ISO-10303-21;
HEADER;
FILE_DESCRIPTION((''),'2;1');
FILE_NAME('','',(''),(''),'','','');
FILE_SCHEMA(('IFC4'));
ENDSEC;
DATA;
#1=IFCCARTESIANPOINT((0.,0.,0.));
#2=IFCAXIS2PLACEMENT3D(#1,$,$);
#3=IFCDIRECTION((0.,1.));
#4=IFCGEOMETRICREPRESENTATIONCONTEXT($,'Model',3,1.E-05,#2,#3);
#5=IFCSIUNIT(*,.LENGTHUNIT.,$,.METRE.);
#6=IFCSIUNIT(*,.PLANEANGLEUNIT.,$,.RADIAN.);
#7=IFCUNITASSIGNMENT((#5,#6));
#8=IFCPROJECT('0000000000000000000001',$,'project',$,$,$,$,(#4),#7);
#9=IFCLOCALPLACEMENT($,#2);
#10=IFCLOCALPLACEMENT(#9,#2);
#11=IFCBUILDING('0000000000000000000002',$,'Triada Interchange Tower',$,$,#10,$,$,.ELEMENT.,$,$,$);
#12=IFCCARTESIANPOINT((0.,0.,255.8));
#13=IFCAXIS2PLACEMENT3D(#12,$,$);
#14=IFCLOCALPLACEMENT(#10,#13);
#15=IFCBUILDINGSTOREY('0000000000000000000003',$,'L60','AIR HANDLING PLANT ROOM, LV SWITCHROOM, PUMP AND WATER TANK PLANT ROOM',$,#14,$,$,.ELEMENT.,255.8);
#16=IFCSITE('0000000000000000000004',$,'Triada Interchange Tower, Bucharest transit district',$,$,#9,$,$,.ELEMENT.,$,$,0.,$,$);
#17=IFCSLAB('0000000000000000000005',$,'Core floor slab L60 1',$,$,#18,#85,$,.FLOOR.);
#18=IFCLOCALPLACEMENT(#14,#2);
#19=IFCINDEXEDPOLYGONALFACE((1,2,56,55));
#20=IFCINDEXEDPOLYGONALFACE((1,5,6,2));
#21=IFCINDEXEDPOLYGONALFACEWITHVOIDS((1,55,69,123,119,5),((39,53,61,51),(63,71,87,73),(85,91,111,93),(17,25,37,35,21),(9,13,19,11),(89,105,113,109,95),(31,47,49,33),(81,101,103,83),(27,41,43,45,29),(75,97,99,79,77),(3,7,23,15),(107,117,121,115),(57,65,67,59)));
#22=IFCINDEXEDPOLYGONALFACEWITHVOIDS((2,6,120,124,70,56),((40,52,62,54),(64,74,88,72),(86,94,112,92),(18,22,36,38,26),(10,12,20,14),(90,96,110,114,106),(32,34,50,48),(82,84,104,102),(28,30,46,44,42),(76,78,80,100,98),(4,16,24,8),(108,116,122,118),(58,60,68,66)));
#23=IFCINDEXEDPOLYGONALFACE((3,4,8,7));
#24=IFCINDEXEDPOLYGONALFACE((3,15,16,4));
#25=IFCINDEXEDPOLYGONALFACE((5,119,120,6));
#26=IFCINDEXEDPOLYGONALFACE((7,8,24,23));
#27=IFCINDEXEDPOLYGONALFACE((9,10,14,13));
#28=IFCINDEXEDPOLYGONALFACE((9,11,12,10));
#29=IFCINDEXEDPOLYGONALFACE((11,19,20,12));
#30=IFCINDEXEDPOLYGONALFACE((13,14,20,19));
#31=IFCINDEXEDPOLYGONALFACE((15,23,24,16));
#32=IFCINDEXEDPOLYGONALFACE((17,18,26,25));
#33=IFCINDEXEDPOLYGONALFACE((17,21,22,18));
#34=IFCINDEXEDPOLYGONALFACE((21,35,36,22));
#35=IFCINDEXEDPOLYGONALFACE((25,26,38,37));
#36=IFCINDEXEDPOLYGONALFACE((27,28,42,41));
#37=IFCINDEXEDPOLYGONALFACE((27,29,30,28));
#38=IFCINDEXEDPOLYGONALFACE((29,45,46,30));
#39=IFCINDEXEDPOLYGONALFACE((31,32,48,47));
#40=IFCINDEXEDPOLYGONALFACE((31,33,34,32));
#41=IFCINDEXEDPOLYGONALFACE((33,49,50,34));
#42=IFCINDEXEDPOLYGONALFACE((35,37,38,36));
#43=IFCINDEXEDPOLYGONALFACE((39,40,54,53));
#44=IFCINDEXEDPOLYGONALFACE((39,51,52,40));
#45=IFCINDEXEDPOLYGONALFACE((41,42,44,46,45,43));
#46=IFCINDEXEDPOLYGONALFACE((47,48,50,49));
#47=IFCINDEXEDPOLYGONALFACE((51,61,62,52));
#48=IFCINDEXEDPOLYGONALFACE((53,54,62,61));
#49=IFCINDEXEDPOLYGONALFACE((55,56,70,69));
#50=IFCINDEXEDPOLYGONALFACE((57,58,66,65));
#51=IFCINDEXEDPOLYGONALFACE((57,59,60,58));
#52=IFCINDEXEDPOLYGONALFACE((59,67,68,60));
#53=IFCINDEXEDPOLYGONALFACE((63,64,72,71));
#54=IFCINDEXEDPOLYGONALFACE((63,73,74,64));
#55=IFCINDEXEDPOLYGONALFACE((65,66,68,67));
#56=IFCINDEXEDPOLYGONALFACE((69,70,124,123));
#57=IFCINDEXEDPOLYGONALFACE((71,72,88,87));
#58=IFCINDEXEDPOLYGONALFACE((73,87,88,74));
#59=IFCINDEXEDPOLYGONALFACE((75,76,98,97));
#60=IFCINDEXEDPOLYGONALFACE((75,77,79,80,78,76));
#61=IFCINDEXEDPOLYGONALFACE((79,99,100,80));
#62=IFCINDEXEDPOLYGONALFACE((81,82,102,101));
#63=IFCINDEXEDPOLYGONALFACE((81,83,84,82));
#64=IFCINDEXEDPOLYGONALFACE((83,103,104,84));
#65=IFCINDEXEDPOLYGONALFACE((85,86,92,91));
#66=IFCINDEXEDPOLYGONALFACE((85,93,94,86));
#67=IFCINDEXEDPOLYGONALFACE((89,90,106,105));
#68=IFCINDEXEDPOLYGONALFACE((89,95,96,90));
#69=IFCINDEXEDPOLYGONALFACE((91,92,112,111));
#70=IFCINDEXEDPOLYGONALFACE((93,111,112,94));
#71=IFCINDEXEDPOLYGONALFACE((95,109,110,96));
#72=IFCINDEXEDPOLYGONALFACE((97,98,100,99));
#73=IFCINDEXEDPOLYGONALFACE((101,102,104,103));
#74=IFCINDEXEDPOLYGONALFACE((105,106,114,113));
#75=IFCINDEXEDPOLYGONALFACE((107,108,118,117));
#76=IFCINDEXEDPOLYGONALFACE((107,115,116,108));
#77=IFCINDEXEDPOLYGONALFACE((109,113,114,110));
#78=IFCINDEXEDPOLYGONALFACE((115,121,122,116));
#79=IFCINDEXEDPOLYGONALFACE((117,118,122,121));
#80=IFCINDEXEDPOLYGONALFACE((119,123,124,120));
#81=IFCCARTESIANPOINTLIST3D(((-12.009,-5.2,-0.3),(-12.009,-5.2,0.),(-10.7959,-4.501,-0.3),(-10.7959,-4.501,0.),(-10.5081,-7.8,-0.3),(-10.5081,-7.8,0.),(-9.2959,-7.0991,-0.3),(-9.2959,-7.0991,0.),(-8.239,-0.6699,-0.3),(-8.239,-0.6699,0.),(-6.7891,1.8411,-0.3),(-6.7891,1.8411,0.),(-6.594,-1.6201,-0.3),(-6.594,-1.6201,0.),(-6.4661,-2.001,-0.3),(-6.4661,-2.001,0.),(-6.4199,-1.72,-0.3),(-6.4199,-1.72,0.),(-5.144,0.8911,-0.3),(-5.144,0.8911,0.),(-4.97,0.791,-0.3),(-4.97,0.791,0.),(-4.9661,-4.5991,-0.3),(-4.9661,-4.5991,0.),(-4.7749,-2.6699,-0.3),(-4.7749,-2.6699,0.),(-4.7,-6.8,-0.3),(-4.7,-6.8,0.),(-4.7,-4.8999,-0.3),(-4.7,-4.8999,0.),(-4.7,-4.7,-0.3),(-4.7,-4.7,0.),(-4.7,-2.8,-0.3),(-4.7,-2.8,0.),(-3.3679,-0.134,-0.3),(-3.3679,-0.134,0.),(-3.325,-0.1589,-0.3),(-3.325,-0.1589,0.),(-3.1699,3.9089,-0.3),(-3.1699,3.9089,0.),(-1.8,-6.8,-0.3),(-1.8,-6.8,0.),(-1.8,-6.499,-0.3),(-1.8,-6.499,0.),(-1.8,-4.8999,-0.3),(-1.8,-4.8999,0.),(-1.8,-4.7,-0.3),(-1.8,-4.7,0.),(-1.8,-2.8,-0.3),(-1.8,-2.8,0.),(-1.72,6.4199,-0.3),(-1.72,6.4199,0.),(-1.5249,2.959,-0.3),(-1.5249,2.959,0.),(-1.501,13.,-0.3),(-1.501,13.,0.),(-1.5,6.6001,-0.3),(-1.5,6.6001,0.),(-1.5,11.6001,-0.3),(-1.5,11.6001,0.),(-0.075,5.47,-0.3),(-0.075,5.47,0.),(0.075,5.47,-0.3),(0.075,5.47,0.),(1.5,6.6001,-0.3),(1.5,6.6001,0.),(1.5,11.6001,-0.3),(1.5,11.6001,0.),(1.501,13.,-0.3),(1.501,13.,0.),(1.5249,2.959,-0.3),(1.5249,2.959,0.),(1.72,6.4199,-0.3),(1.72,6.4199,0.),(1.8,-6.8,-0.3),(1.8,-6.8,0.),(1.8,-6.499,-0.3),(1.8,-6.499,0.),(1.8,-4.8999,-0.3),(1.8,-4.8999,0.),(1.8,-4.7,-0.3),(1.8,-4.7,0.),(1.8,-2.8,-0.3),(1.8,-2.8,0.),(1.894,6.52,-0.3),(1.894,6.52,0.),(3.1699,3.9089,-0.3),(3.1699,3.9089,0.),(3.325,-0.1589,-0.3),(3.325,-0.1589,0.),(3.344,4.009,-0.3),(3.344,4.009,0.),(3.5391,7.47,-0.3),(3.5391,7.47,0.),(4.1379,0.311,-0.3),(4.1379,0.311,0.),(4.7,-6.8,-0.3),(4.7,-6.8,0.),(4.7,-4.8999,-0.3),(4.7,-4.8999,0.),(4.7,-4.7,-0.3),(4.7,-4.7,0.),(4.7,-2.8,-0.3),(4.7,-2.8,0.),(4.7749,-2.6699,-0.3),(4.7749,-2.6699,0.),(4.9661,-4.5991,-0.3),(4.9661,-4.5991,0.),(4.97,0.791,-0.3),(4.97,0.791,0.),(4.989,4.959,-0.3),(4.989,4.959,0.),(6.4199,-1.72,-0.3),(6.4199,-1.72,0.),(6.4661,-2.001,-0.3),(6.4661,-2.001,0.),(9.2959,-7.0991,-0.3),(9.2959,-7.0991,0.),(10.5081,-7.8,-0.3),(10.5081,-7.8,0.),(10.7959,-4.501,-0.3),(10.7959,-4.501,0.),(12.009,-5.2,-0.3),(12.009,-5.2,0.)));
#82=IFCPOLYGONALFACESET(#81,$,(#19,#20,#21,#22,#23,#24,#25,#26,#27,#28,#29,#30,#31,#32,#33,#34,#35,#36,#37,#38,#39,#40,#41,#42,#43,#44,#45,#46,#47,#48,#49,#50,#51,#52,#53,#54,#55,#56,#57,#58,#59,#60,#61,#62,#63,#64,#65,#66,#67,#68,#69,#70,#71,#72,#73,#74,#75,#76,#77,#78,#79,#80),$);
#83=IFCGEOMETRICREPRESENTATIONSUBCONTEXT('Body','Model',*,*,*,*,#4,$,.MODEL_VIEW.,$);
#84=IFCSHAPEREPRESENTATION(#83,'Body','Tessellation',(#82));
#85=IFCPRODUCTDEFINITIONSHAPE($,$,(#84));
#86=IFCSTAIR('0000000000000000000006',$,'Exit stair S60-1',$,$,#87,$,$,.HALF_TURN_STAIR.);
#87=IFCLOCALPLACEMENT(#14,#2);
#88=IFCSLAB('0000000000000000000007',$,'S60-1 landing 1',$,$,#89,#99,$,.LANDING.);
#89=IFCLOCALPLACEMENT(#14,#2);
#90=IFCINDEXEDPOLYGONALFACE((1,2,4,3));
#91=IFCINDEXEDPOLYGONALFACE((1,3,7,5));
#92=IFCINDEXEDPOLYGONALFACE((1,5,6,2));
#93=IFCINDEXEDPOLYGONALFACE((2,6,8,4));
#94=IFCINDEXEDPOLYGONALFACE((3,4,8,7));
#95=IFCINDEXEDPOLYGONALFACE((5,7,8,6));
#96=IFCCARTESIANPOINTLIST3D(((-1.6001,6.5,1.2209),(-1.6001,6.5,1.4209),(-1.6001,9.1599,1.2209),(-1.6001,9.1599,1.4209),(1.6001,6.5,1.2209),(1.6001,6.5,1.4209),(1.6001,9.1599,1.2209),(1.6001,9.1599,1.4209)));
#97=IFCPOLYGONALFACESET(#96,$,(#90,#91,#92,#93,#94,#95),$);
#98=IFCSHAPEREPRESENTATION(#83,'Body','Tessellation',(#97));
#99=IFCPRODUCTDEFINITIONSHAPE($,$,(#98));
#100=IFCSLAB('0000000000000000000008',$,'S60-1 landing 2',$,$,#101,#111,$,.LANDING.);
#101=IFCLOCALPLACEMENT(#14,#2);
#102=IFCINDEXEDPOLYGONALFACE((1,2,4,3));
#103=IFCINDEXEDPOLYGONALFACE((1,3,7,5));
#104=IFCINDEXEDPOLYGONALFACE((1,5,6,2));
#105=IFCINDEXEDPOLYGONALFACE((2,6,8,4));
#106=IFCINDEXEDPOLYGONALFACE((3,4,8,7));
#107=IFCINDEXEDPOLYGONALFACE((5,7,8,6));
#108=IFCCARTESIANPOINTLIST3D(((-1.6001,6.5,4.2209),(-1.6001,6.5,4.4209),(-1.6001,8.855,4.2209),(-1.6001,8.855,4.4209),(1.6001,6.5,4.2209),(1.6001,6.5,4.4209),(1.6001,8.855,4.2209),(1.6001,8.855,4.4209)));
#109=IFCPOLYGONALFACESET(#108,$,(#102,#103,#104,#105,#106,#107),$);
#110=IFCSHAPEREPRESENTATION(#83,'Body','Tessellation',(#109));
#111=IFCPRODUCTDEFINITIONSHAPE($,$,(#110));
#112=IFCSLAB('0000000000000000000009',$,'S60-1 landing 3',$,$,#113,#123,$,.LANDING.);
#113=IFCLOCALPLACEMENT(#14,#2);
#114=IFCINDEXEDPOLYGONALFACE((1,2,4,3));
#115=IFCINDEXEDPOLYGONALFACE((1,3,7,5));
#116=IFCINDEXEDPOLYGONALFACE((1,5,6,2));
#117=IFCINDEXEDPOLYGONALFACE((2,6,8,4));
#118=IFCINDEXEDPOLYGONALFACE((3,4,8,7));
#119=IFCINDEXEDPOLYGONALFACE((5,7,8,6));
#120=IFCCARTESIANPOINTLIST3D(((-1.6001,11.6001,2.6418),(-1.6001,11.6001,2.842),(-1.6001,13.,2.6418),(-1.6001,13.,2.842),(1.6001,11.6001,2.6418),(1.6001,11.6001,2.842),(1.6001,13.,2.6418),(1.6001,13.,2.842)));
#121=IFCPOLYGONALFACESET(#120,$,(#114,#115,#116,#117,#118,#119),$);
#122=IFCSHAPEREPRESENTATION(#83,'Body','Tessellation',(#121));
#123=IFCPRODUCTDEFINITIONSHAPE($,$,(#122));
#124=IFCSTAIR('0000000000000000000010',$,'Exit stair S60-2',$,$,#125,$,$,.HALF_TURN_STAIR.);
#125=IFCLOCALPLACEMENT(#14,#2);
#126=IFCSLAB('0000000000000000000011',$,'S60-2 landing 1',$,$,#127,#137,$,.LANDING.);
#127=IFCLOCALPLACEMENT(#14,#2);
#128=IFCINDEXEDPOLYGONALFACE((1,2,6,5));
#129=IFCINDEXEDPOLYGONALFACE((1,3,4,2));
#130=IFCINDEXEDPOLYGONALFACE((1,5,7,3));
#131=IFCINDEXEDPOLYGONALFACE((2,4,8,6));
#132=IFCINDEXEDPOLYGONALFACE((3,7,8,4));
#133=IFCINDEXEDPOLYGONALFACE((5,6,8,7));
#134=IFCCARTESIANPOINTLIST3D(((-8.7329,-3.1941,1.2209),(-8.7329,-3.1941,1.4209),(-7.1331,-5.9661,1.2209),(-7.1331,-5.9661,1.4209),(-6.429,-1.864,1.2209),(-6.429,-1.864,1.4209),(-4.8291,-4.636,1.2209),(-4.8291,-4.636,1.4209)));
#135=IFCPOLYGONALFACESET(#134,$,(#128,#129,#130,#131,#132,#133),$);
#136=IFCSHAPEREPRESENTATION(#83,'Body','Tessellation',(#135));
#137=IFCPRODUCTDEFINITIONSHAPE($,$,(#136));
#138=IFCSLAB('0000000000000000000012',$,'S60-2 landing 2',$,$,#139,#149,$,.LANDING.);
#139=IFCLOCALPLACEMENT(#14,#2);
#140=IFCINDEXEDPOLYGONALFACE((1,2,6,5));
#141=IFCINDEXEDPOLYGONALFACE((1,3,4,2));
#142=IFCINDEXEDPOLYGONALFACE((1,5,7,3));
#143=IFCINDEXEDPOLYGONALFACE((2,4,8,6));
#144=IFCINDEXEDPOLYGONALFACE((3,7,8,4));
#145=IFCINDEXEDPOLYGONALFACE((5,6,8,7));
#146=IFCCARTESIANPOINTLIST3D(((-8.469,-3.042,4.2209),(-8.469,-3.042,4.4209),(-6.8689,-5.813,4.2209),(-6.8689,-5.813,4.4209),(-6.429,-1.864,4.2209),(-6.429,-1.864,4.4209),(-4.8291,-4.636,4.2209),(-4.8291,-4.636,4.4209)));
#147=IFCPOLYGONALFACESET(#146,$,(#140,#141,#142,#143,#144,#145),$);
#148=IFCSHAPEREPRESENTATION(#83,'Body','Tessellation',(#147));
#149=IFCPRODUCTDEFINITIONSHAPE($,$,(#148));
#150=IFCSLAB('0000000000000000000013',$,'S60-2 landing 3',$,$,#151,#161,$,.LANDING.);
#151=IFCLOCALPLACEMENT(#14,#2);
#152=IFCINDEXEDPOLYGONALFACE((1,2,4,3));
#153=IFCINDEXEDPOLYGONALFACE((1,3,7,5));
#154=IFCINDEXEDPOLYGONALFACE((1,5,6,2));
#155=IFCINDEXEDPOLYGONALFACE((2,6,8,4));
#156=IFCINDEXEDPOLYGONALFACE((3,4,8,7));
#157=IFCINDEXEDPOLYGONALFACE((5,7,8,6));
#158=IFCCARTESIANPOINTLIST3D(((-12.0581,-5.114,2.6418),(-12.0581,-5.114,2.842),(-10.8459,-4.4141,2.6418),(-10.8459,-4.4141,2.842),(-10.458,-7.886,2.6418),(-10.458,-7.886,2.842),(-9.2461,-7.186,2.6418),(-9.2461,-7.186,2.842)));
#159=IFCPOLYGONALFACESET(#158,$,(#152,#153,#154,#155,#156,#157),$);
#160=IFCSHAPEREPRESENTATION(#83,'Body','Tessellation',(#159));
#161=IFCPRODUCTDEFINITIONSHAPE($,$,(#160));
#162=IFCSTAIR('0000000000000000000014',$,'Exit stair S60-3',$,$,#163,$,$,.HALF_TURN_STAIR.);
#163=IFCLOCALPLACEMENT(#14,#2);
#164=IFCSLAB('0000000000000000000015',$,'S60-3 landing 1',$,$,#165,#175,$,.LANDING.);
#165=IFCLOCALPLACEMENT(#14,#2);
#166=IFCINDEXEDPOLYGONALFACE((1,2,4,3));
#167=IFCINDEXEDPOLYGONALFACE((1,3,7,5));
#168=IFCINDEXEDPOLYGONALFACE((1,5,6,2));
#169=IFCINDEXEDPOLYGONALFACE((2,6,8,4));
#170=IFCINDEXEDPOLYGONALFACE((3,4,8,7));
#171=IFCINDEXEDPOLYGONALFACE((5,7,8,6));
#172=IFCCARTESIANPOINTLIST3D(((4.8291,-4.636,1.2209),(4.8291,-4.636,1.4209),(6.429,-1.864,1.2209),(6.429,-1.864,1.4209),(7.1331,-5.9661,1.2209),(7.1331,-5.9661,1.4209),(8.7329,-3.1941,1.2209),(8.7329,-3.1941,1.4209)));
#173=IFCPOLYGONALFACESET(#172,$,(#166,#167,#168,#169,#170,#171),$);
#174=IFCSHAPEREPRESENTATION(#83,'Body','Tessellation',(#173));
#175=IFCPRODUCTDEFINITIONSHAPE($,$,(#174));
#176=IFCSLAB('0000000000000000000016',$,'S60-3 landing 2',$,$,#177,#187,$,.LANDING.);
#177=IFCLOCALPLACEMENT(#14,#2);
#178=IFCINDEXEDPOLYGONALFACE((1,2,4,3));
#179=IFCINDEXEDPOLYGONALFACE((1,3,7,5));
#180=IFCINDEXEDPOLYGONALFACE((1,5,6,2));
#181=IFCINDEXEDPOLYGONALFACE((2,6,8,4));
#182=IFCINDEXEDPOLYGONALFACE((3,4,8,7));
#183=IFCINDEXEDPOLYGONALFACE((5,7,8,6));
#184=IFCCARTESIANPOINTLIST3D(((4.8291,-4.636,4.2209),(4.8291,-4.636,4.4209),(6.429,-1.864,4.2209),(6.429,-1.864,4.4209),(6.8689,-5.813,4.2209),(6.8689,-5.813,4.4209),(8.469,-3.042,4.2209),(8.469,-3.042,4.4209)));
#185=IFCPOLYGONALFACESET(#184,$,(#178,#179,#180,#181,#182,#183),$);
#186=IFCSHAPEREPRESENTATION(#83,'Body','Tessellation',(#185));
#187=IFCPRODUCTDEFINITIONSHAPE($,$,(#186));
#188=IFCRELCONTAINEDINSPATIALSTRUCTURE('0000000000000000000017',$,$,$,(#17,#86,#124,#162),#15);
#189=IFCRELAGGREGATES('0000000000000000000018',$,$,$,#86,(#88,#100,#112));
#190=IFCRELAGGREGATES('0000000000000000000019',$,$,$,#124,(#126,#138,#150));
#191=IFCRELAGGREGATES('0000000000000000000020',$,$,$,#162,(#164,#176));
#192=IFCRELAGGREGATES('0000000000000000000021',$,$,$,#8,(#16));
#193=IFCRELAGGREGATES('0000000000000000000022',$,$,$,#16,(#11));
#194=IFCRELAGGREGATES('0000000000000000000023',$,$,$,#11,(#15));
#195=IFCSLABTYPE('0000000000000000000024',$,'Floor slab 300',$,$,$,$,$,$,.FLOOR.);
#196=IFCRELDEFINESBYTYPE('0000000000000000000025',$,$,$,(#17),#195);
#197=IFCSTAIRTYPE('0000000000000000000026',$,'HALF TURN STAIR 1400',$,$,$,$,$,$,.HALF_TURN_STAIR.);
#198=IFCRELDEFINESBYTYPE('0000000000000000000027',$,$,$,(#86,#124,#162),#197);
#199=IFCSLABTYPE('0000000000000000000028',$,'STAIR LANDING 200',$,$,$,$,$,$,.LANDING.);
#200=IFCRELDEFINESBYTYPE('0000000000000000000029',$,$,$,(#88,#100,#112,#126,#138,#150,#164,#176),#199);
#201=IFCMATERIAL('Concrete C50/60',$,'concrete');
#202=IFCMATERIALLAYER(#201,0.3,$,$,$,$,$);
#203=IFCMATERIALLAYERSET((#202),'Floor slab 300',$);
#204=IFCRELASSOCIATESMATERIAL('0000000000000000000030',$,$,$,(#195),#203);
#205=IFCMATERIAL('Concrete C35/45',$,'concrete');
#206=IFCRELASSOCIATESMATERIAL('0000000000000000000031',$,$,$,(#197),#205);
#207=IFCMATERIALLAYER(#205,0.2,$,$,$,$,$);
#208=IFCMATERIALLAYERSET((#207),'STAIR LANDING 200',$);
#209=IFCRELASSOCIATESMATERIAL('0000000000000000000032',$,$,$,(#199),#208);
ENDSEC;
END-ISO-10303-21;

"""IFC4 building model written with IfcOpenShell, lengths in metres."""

from ifc_helpers import new_model, si_unit, direction, frame, origin, place, context, subcontext, project, spatial, polyline, outline, extrude, material, layer, layer_set, type_object, element, aggregate, save


model = new_model("IFC4")

# Units and contexts
model_context = context("Model", 3, precision=1e-05, world=origin(), true_north=direction((0.0, 1.0)))
body_context = subcontext(model_context, "Body", "Model", "MODEL_VIEW")
ifc_project = project(units=[si_unit("LENGTHUNIT", "METRE"), si_unit("PLANEANGLEUNIT", "RADIAN")], contexts=[model_context])

# Site, building, storey
site_placement = place(None, origin())
site = spatial("IfcSite", under=ifc_project, at=site_placement, Name="Triada Interchange Tower, Bucharest transit district", CompositionType="ELEMENT", RefElevation=0.0)
building_placement = place(site_placement, origin())
building = spatial("IfcBuilding", under=site, at=building_placement, Name="Triada Interchange Tower", CompositionType="ELEMENT")
storey_placement = place(building_placement, frame((0.0, 0.0, 255.8)))
storey = spatial("IfcBuildingStorey", under=building, at=storey_placement, Name="L60", Description="AIR HANDLING PLANT ROOM, LV SWITCHROOM, PUMP AND WATER TANK PLANT ROOM", CompositionType="ELEMENT", Elevation=255.8)

# Slab
ifc_material_1 = material(Name="Concrete C50/60", Category="concrete")
ifc_layer_1 = layer(ifc_material_1, 0.3)
ifc_layer_set_1 = layer_set([ifc_layer_1], Name="Floor slab 300")
slab_type_1 = type_object("IfcSlabType", Name="Floor slab 300", PredefinedType="FLOOR", material=ifc_layer_set_1)
slab_1_placement = place(storey_placement, frame((0.0, 0.0, -0.3)))
element("IfcSlab", 1, at=slab_1_placement, inside=storey, type_object=slab_type_1, Name="Core floor slab L60 1", PredefinedType="FLOOR", context=body_context, shape_type="SweptSolid", body=[
    extrude(outline(polyline([(12.009, -5.2), (10.5081, -7.8), (-10.5081, -7.8), (-12.009, -5.2), (-1.501, 13.0), (1.501, 13.0), (12.009, -5.2)]), holes=[polyline([(9.2959, -7.0991), (10.7959, -4.501), (6.4661, -2.001), (4.9661, -4.5991), (9.2959, -7.0991)]), polyline([(4.7749, -2.6699), (6.4199, -1.72), (4.97, 0.791), (4.1379, 0.311), (3.325, -0.1589), (4.7749, -2.6699)]), polyline([(1.894, 6.52), (3.344, 4.009), (4.989, 4.959), (3.5391, 7.47), (1.894, 6.52)]), polyline([(1.8, -4.8999), (1.8, -6.499), (1.8, -6.8), (4.7, -6.8), (4.7, -4.8999), (1.8, -4.8999)]), polyline([(4.7, -2.8), (1.8, -2.8), (1.8, -4.7), (4.7, -4.7), (4.7, -2.8)]), polyline([(0.075, 5.47), (1.5249, 2.959), (3.1699, 3.9089), (1.72, 6.4199), (0.075, 5.47)]), polyline([(-1.5, 11.6001), (-1.5, 6.6001), (1.5, 6.6001), (1.5, 11.6001), (-1.5, 11.6001)]), polyline([(-1.5249, 2.959), (-0.075, 5.47), (-1.72, 6.4199), (-3.1699, 3.9089), (-1.5249, 2.959)]), polyline([(-1.8, -2.8), (-4.7, -2.8), (-4.7, -4.7), (-1.8, -4.7), (-1.8, -2.8)]), polyline([(-4.7, -6.8), (-1.8, -6.8), (-1.8, -6.499), (-1.8, -4.8999), (-4.7, -4.8999), (-4.7, -6.8)]), polyline([(-3.3679, -0.134), (-4.97, 0.791), (-6.4199, -1.72), (-4.7749, -2.6699), (-3.325, -0.1589), (-3.3679, -0.134)]), polyline([(-10.7959, -4.501), (-9.2959, -7.0991), (-4.9661, -4.5991), (-6.4661, -2.001), (-10.7959, -4.501)]), polyline([(-6.594, -1.6201), (-5.144, 0.8911), (-6.7891, 1.8411), (-8.239, -0.6699), (-6.594, -1.6201)])]), origin(), (0.0, 0.0, 1.0), 0.3),
])

# Stairs, slabs
ifc_material_2 = material(Name="Concrete C35/45", Category="concrete")
stair_type = type_object("IfcStairType", Name="HALF TURN STAIR 1400", PredefinedType="HALF_TURN_STAIR", material=ifc_material_2)
stair_1_placement = place(storey_placement, origin())
stair_1 = element("IfcStair", 2, at=stair_1_placement, inside=storey, type_object=stair_type, Name="Exit stair S60-1", PredefinedType="HALF_TURN_STAIR")
ifc_layer_2 = layer(ifc_material_2, 0.2)
ifc_layer_set_2 = layer_set([ifc_layer_2], Name="STAIR LANDING 200")
slab_type_2 = type_object("IfcSlabType", Name="STAIR LANDING 200", PredefinedType="LANDING", material=ifc_layer_set_2)
slab_2_placement = place(storey_placement, frame((0.0, 0.0, 1.2209)))
slab_2 = element("IfcSlab", 3, at=slab_2_placement, type_object=slab_type_2, Name="S60-1 landing 1", PredefinedType="LANDING", context=body_context, shape_type="SweptSolid", body=[
    extrude(outline(polyline([(1.6001, 6.5), (1.6001, 9.1599), (-1.6001, 9.1599), (-1.6001, 6.5), (1.6001, 6.5)])), origin(), (0.0, 0.0, 1.0), 0.2),
])
slab_3_placement = place(storey_placement, frame((0.0, 0.0, 4.2209)))
slab_3 = element("IfcSlab", 4, at=slab_3_placement, type_object=slab_type_2, Name="S60-1 landing 2", PredefinedType="LANDING", context=body_context, shape_type="SweptSolid", body=[
    extrude(outline(polyline([(1.6001, 6.5), (1.6001, 8.855), (-1.6001, 8.855), (-1.6001, 6.5), (1.6001, 6.5)])), origin(), (0.0, 0.0, 1.0), 0.2),
])
slab_4_placement = place(storey_placement, frame((0.0, 0.0, 2.6418)))
slab_4 = element("IfcSlab", 5, at=slab_4_placement, type_object=slab_type_2, Name="S60-1 landing 3", PredefinedType="LANDING", context=body_context, shape_type="SweptSolid", body=[
    extrude(outline(polyline([(1.6001, 11.6001), (1.6001, 13.0), (-1.6001, 13.0), (-1.6001, 11.6001), (1.6001, 11.6001)])), origin(), (0.0, 0.0, 1.0), 0.2002),
])
aggregate(stair_1, [slab_2, slab_3, slab_4])
stair_2_placement = place(storey_placement, origin())
stair_2 = element("IfcStair", 6, at=stair_2_placement, inside=storey, type_object=stair_type, Name="Exit stair S60-2", PredefinedType="HALF_TURN_STAIR")
slab_5_placement = place(storey_placement, frame((0.0, 0.0, 1.2209)))
slab_5 = element("IfcSlab", 7, at=slab_5_placement, type_object=slab_type_2, Name="S60-2 landing 1", PredefinedType="LANDING", context=body_context, shape_type="SweptSolid", body=[
    extrude(outline(polyline([(-6.429, -1.864), (-8.7329, -3.1941), (-7.1331, -5.9661), (-4.8291, -4.636), (-6.429, -1.864)])), origin(), (0.0, 0.0, 1.0), 0.2),
])
slab_6_placement = place(storey_placement, frame((0.0, 0.0, 4.2209)))
slab_6 = element("IfcSlab", 8, at=slab_6_placement, type_object=slab_type_2, Name="S60-2 landing 2", PredefinedType="LANDING", context=body_context, shape_type="SweptSolid", body=[
    extrude(outline(polyline([(-6.429, -1.864), (-8.469, -3.042), (-6.8689, -5.813), (-4.8291, -4.636), (-6.429, -1.864)])), origin(), (0.0, 0.0, 1.0), 0.2),
])
slab_7_placement = place(storey_placement, frame((0.0, 0.0, 2.6418)))
slab_7 = element("IfcSlab", 9, at=slab_7_placement, type_object=slab_type_2, Name="S60-2 landing 3", PredefinedType="LANDING", context=body_context, shape_type="SweptSolid", body=[
    extrude(outline(polyline([(-10.8459, -4.4141), (-12.0581, -5.114), (-10.458, -7.886), (-9.2461, -7.186), (-10.8459, -4.4141)])), origin(), (0.0, 0.0, 1.0), 0.2002),
])
aggregate(stair_2, [slab_5, slab_6, slab_7])
stair_3_placement = place(storey_placement, origin())
stair_3 = element("IfcStair", 10, at=stair_3_placement, inside=storey, type_object=stair_type, Name="Exit stair S60-3", PredefinedType="HALF_TURN_STAIR")
slab_8_placement = place(storey_placement, frame((0.0, 0.0, 1.2209)))
slab_8 = element("IfcSlab", 11, at=slab_8_placement, type_object=slab_type_2, Name="S60-3 landing 1", PredefinedType="LANDING", context=body_context, shape_type="SweptSolid", body=[
    extrude(outline(polyline([(4.8291, -4.636), (7.1331, -5.9661), (8.7329, -3.1941), (6.429, -1.864), (4.8291, -4.636)])), origin(), (0.0, 0.0, 1.0), 0.2),
])
slab_9_placement = place(storey_placement, frame((0.0, 0.0, 4.2209)))
slab_9 = element("IfcSlab", 12, at=slab_9_placement, type_object=slab_type_2, Name="S60-3 landing 2", PredefinedType="LANDING", context=body_context, shape_type="SweptSolid", body=[
    extrude(outline(polyline([(4.8291, -4.636), (6.8689, -5.813), (8.469, -3.042), (6.429, -1.864), (4.8291, -4.636)])), origin(), (0.0, 0.0, 1.0), 0.2),
])
aggregate(stair_3, [slab_8, slab_9])

save(model, "model.ifc")
